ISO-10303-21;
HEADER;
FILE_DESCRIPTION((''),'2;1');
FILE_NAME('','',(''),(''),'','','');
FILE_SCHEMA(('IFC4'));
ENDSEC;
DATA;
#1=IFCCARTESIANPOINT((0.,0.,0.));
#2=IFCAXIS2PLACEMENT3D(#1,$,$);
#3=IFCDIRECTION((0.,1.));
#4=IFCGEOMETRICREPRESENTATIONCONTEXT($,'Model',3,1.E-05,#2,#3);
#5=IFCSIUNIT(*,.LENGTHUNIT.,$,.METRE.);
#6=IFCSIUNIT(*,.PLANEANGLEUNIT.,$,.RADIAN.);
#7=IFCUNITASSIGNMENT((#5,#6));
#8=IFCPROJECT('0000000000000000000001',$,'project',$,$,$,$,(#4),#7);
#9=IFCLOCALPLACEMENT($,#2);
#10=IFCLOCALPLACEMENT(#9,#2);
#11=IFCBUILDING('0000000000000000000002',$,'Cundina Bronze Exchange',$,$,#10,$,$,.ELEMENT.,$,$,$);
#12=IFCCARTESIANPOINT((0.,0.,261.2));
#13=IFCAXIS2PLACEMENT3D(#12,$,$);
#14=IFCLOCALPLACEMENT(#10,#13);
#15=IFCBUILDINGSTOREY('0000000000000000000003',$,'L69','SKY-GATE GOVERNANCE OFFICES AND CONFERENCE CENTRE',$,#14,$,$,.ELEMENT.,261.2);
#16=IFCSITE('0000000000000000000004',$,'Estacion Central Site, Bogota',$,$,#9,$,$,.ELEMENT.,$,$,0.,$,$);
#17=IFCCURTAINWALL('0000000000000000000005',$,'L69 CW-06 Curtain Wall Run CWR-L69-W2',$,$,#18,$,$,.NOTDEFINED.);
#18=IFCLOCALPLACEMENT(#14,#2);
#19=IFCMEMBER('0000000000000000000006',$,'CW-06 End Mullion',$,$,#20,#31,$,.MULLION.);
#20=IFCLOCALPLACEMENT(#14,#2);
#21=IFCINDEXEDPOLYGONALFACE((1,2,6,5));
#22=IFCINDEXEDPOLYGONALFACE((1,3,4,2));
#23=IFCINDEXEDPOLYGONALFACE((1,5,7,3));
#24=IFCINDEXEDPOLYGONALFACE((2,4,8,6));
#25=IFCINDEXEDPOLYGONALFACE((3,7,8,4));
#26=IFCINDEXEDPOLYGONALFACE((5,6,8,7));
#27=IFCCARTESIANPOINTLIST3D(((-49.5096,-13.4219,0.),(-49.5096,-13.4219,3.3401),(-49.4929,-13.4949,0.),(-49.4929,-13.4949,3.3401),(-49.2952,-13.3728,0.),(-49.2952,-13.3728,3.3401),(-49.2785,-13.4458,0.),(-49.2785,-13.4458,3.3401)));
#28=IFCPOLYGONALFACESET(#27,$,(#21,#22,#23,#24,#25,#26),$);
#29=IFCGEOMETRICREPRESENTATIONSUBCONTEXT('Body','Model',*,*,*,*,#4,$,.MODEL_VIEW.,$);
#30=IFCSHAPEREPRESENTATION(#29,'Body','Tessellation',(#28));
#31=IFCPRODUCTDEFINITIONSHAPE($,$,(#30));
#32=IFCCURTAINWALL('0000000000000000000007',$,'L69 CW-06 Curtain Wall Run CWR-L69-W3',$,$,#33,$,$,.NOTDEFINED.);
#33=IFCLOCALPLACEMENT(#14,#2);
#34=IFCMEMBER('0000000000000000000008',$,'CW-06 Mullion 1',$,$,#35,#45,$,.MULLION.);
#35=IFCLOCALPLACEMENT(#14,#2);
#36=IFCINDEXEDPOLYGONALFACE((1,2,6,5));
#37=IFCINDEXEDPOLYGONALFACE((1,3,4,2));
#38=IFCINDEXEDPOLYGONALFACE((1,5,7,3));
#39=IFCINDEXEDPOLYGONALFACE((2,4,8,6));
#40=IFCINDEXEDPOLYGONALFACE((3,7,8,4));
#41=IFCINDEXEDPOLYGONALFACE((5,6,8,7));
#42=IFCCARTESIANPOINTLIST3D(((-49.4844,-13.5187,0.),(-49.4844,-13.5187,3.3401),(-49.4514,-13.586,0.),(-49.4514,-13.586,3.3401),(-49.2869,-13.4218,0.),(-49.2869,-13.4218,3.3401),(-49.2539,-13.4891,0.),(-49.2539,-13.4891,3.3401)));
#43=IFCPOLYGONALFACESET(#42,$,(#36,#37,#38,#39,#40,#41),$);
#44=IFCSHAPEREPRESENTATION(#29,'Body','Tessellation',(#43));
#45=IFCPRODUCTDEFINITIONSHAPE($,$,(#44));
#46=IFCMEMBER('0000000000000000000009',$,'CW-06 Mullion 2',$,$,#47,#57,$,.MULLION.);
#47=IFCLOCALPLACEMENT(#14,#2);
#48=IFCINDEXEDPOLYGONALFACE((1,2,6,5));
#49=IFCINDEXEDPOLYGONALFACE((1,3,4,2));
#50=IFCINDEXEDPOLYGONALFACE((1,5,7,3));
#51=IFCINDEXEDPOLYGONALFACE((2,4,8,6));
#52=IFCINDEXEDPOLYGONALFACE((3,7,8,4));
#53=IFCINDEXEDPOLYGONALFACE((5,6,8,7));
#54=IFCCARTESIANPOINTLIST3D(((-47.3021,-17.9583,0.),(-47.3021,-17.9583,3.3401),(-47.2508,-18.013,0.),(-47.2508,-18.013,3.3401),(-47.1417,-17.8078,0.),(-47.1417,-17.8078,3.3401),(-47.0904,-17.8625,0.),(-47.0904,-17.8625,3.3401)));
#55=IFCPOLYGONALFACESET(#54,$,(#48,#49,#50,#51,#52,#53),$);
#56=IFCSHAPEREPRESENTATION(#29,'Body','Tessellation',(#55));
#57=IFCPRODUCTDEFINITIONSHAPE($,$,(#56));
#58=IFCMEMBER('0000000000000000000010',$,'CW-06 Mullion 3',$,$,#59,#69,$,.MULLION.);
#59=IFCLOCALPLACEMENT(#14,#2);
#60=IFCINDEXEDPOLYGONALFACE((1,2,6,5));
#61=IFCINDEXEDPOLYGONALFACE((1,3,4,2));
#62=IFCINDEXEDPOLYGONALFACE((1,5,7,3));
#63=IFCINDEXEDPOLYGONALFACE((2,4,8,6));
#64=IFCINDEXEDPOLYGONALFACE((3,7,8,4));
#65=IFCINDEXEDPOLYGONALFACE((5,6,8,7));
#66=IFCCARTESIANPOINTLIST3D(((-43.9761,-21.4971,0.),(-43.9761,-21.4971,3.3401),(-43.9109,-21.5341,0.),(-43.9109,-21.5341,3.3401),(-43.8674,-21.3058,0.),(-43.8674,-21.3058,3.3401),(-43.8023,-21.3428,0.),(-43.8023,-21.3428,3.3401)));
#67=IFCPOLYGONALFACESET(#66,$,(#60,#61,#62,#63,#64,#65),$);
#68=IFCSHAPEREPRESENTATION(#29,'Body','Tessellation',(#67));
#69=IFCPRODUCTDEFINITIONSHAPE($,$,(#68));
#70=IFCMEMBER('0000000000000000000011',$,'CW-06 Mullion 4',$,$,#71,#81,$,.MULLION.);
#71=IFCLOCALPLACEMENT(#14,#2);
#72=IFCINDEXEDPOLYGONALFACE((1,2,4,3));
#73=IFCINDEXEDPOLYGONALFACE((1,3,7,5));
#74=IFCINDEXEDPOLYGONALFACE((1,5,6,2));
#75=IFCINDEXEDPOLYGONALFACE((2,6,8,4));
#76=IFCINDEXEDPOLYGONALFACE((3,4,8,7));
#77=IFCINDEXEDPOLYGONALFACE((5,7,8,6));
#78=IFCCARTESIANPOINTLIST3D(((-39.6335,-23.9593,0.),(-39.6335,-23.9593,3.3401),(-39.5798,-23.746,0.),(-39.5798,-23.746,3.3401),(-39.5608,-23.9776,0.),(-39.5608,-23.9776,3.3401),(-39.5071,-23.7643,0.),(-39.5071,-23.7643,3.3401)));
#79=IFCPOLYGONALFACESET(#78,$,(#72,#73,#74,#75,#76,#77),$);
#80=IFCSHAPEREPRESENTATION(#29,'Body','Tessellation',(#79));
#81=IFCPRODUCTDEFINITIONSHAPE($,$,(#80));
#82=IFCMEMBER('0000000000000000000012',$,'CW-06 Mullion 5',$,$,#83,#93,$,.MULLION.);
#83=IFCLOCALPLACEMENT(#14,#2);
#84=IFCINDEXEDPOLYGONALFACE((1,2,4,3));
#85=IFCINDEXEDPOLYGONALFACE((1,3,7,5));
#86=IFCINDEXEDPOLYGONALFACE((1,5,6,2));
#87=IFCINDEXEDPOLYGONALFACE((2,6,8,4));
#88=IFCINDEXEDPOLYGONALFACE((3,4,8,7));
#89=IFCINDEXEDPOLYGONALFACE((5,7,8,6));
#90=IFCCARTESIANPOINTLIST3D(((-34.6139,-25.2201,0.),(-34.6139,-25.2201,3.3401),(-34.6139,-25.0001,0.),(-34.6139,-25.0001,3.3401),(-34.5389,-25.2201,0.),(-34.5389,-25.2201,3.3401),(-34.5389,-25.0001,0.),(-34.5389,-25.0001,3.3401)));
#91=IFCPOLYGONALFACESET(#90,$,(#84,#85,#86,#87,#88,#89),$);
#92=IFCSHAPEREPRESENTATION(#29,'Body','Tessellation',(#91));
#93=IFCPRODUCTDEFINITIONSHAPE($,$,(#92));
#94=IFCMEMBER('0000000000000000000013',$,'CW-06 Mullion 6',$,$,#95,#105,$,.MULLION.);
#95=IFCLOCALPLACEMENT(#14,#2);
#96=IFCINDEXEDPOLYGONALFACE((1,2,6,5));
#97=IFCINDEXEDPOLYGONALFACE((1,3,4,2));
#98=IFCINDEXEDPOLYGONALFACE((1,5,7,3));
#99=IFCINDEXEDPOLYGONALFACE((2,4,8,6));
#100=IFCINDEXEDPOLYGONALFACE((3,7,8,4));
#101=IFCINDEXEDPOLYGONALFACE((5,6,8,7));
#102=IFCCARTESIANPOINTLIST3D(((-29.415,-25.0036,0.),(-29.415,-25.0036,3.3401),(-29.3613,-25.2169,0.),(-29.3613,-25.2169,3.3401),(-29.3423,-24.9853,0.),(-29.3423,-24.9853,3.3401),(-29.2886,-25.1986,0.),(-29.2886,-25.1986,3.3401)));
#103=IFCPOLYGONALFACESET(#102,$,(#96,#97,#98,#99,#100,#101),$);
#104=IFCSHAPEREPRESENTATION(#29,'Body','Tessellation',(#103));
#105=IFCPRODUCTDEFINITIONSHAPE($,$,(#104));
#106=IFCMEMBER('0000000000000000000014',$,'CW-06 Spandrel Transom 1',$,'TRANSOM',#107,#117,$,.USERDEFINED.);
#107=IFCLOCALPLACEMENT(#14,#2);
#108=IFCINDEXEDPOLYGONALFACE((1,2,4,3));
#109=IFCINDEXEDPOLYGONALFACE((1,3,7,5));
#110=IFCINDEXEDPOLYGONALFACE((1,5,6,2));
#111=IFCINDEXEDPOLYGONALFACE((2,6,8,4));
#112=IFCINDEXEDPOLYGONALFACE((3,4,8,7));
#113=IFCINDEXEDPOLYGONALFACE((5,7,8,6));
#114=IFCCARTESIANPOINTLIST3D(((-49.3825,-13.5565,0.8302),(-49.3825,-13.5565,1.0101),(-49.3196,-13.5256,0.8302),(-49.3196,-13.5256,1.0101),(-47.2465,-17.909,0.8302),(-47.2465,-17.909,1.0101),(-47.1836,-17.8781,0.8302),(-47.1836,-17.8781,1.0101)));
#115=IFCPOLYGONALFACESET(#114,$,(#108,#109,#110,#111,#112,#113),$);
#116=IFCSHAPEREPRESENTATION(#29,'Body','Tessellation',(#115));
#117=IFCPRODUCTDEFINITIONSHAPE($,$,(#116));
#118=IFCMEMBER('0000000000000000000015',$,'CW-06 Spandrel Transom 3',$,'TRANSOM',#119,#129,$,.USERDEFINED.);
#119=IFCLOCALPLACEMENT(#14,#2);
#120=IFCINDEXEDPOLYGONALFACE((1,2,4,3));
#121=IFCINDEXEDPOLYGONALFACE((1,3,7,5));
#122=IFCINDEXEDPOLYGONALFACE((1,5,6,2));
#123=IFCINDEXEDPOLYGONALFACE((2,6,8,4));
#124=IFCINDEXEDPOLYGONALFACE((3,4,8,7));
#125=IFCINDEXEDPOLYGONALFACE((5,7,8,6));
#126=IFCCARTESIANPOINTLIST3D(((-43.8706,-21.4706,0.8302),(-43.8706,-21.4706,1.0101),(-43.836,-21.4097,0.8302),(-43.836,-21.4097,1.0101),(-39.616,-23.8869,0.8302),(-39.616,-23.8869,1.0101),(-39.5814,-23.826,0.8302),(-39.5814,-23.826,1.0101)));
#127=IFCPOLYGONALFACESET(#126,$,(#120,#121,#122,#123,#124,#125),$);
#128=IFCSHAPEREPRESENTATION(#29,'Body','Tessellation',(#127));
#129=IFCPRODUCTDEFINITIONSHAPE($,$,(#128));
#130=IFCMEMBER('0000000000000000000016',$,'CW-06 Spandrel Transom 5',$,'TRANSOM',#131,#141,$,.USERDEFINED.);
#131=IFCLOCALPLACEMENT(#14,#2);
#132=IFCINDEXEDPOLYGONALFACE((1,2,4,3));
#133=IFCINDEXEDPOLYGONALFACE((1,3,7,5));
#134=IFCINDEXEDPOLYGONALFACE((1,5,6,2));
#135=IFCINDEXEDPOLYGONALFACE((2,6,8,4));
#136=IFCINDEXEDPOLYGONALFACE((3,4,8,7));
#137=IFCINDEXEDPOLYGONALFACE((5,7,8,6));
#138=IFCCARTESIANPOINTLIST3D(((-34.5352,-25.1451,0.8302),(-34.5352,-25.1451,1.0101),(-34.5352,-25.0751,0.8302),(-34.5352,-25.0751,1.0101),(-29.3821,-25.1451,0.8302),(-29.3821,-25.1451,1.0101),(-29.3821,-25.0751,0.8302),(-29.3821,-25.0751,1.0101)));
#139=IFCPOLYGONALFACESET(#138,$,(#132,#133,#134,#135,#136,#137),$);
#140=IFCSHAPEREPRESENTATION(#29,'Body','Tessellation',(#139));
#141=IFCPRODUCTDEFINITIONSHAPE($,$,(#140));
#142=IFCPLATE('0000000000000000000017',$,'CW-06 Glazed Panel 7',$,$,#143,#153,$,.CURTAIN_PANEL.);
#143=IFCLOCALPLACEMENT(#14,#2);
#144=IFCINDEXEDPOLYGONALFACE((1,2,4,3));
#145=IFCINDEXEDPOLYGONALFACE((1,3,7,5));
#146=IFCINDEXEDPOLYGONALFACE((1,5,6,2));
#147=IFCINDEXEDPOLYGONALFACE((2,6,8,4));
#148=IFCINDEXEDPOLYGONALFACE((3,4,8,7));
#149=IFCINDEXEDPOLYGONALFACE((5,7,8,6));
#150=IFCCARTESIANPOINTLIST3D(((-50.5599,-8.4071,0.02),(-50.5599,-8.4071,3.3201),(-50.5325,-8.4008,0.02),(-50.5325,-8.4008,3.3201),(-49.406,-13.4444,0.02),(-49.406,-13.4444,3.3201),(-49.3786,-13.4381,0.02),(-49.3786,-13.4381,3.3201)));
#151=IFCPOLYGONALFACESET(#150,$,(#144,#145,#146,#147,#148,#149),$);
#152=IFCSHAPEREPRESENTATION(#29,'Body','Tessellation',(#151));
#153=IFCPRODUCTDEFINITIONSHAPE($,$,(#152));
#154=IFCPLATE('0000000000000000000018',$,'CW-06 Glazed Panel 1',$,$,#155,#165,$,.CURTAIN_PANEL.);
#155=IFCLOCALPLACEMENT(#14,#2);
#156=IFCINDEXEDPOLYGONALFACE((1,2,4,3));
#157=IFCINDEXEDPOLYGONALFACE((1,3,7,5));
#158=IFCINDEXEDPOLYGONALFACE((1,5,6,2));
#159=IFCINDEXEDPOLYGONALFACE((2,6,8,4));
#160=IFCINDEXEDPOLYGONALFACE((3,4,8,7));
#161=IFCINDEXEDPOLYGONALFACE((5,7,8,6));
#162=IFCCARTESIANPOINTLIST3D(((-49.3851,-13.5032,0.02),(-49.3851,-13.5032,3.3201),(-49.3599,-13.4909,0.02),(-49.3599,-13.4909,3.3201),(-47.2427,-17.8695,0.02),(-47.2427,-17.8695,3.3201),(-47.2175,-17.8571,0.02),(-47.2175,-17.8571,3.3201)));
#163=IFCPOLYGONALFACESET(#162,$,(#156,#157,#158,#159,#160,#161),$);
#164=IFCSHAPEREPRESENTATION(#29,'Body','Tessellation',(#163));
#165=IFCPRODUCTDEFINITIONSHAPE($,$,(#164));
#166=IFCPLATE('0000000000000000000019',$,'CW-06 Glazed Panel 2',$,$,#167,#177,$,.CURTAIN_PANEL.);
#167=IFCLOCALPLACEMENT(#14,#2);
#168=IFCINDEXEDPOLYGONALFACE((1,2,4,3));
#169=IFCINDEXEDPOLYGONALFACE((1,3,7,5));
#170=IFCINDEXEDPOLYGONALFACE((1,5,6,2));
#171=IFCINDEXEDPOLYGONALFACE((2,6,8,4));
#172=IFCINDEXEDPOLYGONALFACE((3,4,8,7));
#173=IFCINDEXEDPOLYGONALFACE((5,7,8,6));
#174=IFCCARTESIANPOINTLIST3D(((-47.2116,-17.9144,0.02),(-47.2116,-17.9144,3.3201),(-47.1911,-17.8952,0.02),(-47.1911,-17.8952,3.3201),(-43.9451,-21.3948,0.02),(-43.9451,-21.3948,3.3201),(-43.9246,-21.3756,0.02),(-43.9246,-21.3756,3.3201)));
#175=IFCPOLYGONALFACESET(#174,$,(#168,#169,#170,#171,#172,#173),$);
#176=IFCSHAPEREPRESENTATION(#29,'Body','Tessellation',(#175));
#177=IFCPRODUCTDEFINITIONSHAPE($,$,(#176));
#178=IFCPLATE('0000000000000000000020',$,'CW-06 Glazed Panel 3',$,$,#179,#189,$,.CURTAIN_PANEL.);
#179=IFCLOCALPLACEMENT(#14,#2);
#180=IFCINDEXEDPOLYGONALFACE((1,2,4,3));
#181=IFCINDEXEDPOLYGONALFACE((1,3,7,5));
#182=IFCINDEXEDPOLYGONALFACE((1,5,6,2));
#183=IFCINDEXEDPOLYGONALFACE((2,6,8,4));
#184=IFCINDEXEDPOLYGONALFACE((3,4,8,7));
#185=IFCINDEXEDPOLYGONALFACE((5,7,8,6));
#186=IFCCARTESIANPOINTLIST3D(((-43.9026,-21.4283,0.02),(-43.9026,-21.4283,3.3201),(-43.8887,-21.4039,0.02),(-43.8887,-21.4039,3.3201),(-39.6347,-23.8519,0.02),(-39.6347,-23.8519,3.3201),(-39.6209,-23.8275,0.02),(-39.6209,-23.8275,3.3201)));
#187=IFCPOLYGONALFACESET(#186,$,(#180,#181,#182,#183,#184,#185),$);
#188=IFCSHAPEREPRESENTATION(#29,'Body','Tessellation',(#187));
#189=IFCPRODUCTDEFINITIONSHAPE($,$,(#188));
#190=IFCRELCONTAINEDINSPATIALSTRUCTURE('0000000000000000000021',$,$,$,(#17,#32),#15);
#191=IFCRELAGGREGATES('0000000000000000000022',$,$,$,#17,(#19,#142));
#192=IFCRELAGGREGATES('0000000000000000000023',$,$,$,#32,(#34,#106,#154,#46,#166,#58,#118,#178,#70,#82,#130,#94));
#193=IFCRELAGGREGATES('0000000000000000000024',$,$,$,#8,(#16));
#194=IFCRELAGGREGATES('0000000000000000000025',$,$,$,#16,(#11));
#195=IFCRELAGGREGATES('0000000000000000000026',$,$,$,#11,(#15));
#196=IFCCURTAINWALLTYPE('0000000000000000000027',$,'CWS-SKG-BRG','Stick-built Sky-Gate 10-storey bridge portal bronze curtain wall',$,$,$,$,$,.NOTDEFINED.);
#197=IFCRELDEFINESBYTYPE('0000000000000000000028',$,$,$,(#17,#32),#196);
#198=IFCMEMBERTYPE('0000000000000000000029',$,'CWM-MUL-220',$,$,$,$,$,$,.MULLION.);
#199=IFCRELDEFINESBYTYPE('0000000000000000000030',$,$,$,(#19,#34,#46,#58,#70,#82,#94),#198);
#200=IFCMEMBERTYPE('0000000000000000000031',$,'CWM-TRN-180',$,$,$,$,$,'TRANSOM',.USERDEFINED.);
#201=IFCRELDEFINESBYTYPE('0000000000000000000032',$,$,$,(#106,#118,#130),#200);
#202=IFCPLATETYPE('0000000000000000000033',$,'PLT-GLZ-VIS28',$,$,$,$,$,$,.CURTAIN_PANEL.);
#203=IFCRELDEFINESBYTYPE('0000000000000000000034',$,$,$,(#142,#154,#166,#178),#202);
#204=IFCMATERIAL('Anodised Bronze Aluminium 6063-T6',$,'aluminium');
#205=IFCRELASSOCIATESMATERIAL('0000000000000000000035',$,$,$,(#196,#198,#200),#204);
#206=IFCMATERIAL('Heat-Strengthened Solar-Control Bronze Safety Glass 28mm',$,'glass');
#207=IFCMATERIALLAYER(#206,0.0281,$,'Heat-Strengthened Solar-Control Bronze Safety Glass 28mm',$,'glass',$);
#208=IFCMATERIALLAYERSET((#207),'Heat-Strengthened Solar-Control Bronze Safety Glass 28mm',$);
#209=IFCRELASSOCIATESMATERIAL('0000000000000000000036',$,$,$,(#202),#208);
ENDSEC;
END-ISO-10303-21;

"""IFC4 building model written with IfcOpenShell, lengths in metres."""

from ifc_helpers import new_model, si_unit, direction, frame, origin, origin_2d, place, context, subcontext, project, spatial, rectangle, extrude, material, layer, layer_set, material_profile, profile_set, type_object, element, aggregate, save


model = new_model("IFC4")

# Units and contexts
model_context = context("Model", 3, precision=1e-05, world=origin(), true_north=direction((0.0, 1.0)))
body_context = subcontext(model_context, "Body", "Model", "MODEL_VIEW")
ifc_project = project(units=[si_unit("LENGTHUNIT", "METRE"), si_unit("PLANEANGLEUNIT", "RADIAN")], contexts=[model_context])

# Site, building, storey
site_placement = place(None, origin())
site = spatial("IfcSite", under=ifc_project, at=site_placement, Name="Estacion Central Site, Bogota", CompositionType="ELEMENT", RefElevation=0.0)
building_placement = place(site_placement, origin())
building = spatial("IfcBuilding", under=site, at=building_placement, Name="Cundina Bronze Exchange", CompositionType="ELEMENT")
storey_placement = place(building_placement, frame((0.0, 0.0, 261.2)))
storey = spatial("IfcBuildingStorey", under=building, at=storey_placement, Name="L69", Description="SKY-GATE GOVERNANCE OFFICES AND CONFERENCE CENTRE", CompositionType="ELEMENT", Elevation=261.2)

# Curtain wall, member
ifc_material_1 = material(Name="Anodised Bronze Aluminium 6063-T6", Category="aluminium")
curtain_wall_type = type_object("IfcCurtainWallType", Name="CWS-SKG-BRG", Description="Stick-built Sky-Gate 10-storey bridge portal bronze curtain wall", PredefinedType="NOTDEFINED", material=ifc_material_1)
curtain_wall_1_placement = place(storey_placement, origin())
curtain_wall_1 = element("IfcCurtainWall", 1, at=curtain_wall_1_placement, inside=storey, type_object=curtain_wall_type, Name="L69 CW-06 Curtain Wall Run CWR-L69-W2", PredefinedType="NOTDEFINED")
ifc_material_profile_1 = material_profile(ifc_material_1, rectangle(XDim=0.075, YDim=0.22, at=origin_2d()), Name="AL75X220", Category="aluminium")
ifc_profile_set_1 = profile_set([ifc_material_profile_1], Name="Anodised Bronze Aluminium 6063-T6")
member_type_1 = type_object("IfcMemberType", Name="CWM-MUL-220", PredefinedType="MULLION", material=ifc_profile_set_1)
member_1_placement = place(storey_placement, frame((-49.394, -13.4338, 0.0), z_axis=(0.0, 0.0, 1.0), x_axis=(0.22325, -0.974761, 0.0)))
member_1 = element("IfcMember", 2, at=member_1_placement, type_object=member_type_1, Name="CW-06 End Mullion", PredefinedType="MULLION", context=body_context, shape_type="SweptSolid", body=[
    extrude(rectangle(XDim=0.075, YDim=0.22, at=origin_2d()), origin(), (0.0, 0.0, 1.0), 3.3401),
])

# Curtain wall, members
curtain_wall_2_placement = place(storey_placement, origin())
curtain_wall_2 = element("IfcCurtainWall", 3, at=curtain_wall_2_placement, inside=storey, type_object=curtain_wall_type, Name="L69 CW-06 Curtain Wall Run CWR-L69-W3", PredefinedType="NOTDEFINED")
member_2_placement = place(storey_placement, frame((-49.3691, -13.5039, 0.0), z_axis=(0.0, 0.0, 1.0), x_axis=(0.440566, -0.89772, 0.0)))
member_2 = element("IfcMember", 4, at=member_2_placement, type_object=member_type_1, Name="CW-06 Mullion 1", PredefinedType="MULLION", context=body_context, shape_type="SweptSolid", body=[
    extrude(rectangle(XDim=0.075, YDim=0.22, at=origin_2d()), origin(), (0.0, 0.0, 1.0), 3.3401),
])
member_3_placement = place(storey_placement, frame((-47.1963, -17.9104, 0.0), z_axis=(0.0, 0.0, 1.0), x_axis=(0.684293, -0.729208, 0.0)))
member_3 = element("IfcMember", 5, at=member_3_placement, type_object=member_type_1, Name="CW-06 Mullion 2", PredefinedType="MULLION", context=body_context, shape_type="SweptSolid", body=[
    extrude(rectangle(XDim=0.075, YDim=0.22, at=origin_2d()), origin(), (0.0, 0.0, 1.0), 3.3401),
])
member_4_placement = place(storey_placement, frame((-43.8892, -21.4199, 0.0), z_axis=(0.0, 0.0, 1.0), x_axis=(0.869581, -0.49379, 0.0)))
member_4 = element("IfcMember", 6, at=member_4_placement, type_object=member_type_1, Name="CW-06 Mullion 3", PredefinedType="MULLION", context=body_context, shape_type="SweptSolid", body=[
    extrude(rectangle(XDim=0.075, YDim=0.22, at=origin_2d()), origin(), (0.0, 0.0, 1.0), 3.3401),
])
member_5_placement = place(storey_placement, frame((-39.5703, -23.8618, 0.0), z_axis=(0.0, 0.0, 1.0), x_axis=(0.969744, -0.244123, 0.0)))
member_5 = element("IfcMember", 7, at=member_5_placement, type_object=member_type_1, Name="CW-06 Mullion 4", PredefinedType="MULLION", context=body_context, shape_type="SweptSolid", body=[
    extrude(rectangle(XDim=0.075, YDim=0.22, at=origin_2d()), origin(), (0.0, 0.0, 1.0), 3.3401),
])
member_6_placement = place(storey_placement, frame((-34.5764, -25.1101, 0.0), z_axis=(0.0, 0.0, 1.0), x_axis=(1.0, 0.0, 0.0)))
member_6 = element("IfcMember", 8, at=member_6_placement, type_object=member_type_1, Name="CW-06 Mullion 5", PredefinedType="MULLION", context=body_context, shape_type="SweptSolid", body=[
    extrude(rectangle(XDim=0.075, YDim=0.22, at=origin_2d()), origin(), (0.0, 0.0, 1.0), 3.3401),
])
member_7_placement = place(storey_placement, frame((-29.3518, -25.1011, 0.0), z_axis=(0.0, 0.0, 1.0), x_axis=(0.969744, 0.244123, 0.0)))
member_7 = element("IfcMember", 9, at=member_7_placement, type_object=member_type_1, Name="CW-06 Mullion 6", PredefinedType="MULLION", context=body_context, shape_type="SweptSolid", body=[
    extrude(rectangle(XDim=0.075, YDim=0.22, at=origin_2d()), origin(), (0.0, 0.0, 1.0), 3.3401),
])
ifc_material_profile_2 = material_profile(ifc_material_1, rectangle(XDim=0.0701, YDim=0.1799, at=origin_2d()), Name="AL70X180", Category="aluminium")
ifc_profile_set_2 = profile_set([ifc_material_profile_2], Name="Anodised Bronze Aluminium 6063-T6")
member_type_2 = type_object("IfcMemberType", Name="CWM-TRN-180", ElementType="TRANSOM", PredefinedType="USERDEFINED", material=ifc_profile_set_2)
member_8_placement = place(storey_placement, frame((-49.3511, -13.541, 0.9202), z_axis=(0.440554, -0.897726, 0.0), x_axis=(0.897726, 0.440554, 0.0)))
member_8 = element("IfcMember", 10, at=member_8_placement, type_object=member_type_2, Name="CW-06 Spandrel Transom 1", ObjectType="TRANSOM", PredefinedType="USERDEFINED", context=body_context, shape_type="SweptSolid", body=[
    extrude(rectangle(XDim=0.0701, YDim=0.1799, at=origin_2d()), origin(), (0.0, 0.0, 1.0), 4.8484),
])
member_9_placement = place(storey_placement, frame((-43.8533, -21.4402, 0.9202), z_axis=(0.869557, -0.493832, 0.0), x_axis=(0.493832, 0.869557, 0.0)))
member_9 = element("IfcMember", 11, at=member_9_placement, type_object=member_type_2, Name="CW-06 Spandrel Transom 3", ObjectType="TRANSOM", PredefinedType="USERDEFINED", context=body_context, shape_type="SweptSolid", body=[
    extrude(rectangle(XDim=0.0701, YDim=0.1799, at=origin_2d()), origin(), (0.0, 0.0, 1.0), 4.8928),
])
member_10_placement = place(storey_placement, frame((-34.5352, -25.1101, 0.9202), z_axis=(1.0, 0.0, 0.0), x_axis=(0.0, 1.0, 0.0)))
member_10 = element("IfcMember", 12, at=member_10_placement, type_object=member_type_2, Name="CW-06 Spandrel Transom 5", ObjectType="TRANSOM", PredefinedType="USERDEFINED", context=body_context, shape_type="SweptSolid", body=[
    extrude(rectangle(XDim=0.0701, YDim=0.1799, at=origin_2d()), origin(), (0.0, 0.0, 1.0), 5.1531),
])

# Plates
ifc_material_2 = material(Name="Heat-Strengthened Solar-Control Bronze Safety Glass 28mm", Category="glass")
ifc_layer_1 = layer(ifc_material_2, 0.0281, Name="Heat-Strengthened Solar-Control Bronze Safety Glass 28mm", Category="glass")
ifc_layer_set_1 = layer_set([ifc_layer_1], Name="Heat-Strengthened Solar-Control Bronze Safety Glass 28mm")
plate_type_1 = type_object("IfcPlateType", Name="PLT-GLZ-VIS28", PredefinedType="CURTAIN_PANEL", material=ifc_layer_set_1)
plate_1_placement = place(storey_placement, frame((-49.9692, -10.9226, 0.02), z_axis=(0.0, 0.0, 1.0), x_axis=(0.223284, -0.974753, 0.0)))
plate_1 = element("IfcPlate", 13, at=plate_1_placement, type_object=plate_type_1, Name="CW-06 Glazed Panel 7", PredefinedType="CURTAIN_PANEL", context=body_context, shape_type="SweptSolid", body=[
    extrude(rectangle(XDim=5.1677, YDim=0.0281, at=origin_2d()), origin(), (0.0, 0.0, 1.0), 3.3),
])
aggregate(curtain_wall_1, [member_1, plate_1])
plate_2_placement = place(storey_placement, frame((-48.3013, -15.6802, 0.02), z_axis=(0.0, 0.0, 1.0), x_axis=(0.440503, -0.897751, 0.0)))
plate_2 = element("IfcPlate", 14, at=plate_2_placement, type_object=plate_type_1, Name="CW-06 Glazed Panel 1", PredefinedType="CURTAIN_PANEL", context=body_context, shape_type="SweptSolid", body=[
    extrude(rectangle(XDim=4.8635, YDim=0.0281, at=origin_2d()), origin(), (0.0, 0.0, 1.0), 3.3),
])
plate_3_placement = place(storey_placement, frame((-45.5681, -19.645, 0.02), z_axis=(0.0, 0.0, 1.0), x_axis=(0.684344, -0.72916, 0.0)))
plate_3 = element("IfcPlate", 15, at=plate_3_placement, type_object=plate_type_1, Name="CW-06 Glazed Panel 2", PredefinedType="CURTAIN_PANEL", context=body_context, shape_type="SweptSolid", body=[
    extrude(rectangle(XDim=4.7732, YDim=0.0281, at=origin_2d()), origin(), (0.0, 0.0, 1.0), 3.3),
])
plate_4_placement = place(storey_placement, frame((-41.7617, -22.6279, 0.02), z_axis=(0.0, 0.0, 1.0), x_axis=(0.869573, -0.493805, 0.0)))
plate_4 = element("IfcPlate", 16, at=plate_4_placement, type_object=plate_type_1, Name="CW-06 Glazed Panel 3", PredefinedType="CURTAIN_PANEL", context=body_context, shape_type="SweptSolid", body=[
    extrude(rectangle(XDim=4.908, YDim=0.0281, at=origin_2d()), origin(), (0.0, 0.0, 1.0), 3.3),
])
aggregate(curtain_wall_2, [member_2, member_8, plate_2, member_3, plate_3, member_4, member_9, plate_4, member_5, member_6, member_10, member_7])

save(model, "model.ifc")
